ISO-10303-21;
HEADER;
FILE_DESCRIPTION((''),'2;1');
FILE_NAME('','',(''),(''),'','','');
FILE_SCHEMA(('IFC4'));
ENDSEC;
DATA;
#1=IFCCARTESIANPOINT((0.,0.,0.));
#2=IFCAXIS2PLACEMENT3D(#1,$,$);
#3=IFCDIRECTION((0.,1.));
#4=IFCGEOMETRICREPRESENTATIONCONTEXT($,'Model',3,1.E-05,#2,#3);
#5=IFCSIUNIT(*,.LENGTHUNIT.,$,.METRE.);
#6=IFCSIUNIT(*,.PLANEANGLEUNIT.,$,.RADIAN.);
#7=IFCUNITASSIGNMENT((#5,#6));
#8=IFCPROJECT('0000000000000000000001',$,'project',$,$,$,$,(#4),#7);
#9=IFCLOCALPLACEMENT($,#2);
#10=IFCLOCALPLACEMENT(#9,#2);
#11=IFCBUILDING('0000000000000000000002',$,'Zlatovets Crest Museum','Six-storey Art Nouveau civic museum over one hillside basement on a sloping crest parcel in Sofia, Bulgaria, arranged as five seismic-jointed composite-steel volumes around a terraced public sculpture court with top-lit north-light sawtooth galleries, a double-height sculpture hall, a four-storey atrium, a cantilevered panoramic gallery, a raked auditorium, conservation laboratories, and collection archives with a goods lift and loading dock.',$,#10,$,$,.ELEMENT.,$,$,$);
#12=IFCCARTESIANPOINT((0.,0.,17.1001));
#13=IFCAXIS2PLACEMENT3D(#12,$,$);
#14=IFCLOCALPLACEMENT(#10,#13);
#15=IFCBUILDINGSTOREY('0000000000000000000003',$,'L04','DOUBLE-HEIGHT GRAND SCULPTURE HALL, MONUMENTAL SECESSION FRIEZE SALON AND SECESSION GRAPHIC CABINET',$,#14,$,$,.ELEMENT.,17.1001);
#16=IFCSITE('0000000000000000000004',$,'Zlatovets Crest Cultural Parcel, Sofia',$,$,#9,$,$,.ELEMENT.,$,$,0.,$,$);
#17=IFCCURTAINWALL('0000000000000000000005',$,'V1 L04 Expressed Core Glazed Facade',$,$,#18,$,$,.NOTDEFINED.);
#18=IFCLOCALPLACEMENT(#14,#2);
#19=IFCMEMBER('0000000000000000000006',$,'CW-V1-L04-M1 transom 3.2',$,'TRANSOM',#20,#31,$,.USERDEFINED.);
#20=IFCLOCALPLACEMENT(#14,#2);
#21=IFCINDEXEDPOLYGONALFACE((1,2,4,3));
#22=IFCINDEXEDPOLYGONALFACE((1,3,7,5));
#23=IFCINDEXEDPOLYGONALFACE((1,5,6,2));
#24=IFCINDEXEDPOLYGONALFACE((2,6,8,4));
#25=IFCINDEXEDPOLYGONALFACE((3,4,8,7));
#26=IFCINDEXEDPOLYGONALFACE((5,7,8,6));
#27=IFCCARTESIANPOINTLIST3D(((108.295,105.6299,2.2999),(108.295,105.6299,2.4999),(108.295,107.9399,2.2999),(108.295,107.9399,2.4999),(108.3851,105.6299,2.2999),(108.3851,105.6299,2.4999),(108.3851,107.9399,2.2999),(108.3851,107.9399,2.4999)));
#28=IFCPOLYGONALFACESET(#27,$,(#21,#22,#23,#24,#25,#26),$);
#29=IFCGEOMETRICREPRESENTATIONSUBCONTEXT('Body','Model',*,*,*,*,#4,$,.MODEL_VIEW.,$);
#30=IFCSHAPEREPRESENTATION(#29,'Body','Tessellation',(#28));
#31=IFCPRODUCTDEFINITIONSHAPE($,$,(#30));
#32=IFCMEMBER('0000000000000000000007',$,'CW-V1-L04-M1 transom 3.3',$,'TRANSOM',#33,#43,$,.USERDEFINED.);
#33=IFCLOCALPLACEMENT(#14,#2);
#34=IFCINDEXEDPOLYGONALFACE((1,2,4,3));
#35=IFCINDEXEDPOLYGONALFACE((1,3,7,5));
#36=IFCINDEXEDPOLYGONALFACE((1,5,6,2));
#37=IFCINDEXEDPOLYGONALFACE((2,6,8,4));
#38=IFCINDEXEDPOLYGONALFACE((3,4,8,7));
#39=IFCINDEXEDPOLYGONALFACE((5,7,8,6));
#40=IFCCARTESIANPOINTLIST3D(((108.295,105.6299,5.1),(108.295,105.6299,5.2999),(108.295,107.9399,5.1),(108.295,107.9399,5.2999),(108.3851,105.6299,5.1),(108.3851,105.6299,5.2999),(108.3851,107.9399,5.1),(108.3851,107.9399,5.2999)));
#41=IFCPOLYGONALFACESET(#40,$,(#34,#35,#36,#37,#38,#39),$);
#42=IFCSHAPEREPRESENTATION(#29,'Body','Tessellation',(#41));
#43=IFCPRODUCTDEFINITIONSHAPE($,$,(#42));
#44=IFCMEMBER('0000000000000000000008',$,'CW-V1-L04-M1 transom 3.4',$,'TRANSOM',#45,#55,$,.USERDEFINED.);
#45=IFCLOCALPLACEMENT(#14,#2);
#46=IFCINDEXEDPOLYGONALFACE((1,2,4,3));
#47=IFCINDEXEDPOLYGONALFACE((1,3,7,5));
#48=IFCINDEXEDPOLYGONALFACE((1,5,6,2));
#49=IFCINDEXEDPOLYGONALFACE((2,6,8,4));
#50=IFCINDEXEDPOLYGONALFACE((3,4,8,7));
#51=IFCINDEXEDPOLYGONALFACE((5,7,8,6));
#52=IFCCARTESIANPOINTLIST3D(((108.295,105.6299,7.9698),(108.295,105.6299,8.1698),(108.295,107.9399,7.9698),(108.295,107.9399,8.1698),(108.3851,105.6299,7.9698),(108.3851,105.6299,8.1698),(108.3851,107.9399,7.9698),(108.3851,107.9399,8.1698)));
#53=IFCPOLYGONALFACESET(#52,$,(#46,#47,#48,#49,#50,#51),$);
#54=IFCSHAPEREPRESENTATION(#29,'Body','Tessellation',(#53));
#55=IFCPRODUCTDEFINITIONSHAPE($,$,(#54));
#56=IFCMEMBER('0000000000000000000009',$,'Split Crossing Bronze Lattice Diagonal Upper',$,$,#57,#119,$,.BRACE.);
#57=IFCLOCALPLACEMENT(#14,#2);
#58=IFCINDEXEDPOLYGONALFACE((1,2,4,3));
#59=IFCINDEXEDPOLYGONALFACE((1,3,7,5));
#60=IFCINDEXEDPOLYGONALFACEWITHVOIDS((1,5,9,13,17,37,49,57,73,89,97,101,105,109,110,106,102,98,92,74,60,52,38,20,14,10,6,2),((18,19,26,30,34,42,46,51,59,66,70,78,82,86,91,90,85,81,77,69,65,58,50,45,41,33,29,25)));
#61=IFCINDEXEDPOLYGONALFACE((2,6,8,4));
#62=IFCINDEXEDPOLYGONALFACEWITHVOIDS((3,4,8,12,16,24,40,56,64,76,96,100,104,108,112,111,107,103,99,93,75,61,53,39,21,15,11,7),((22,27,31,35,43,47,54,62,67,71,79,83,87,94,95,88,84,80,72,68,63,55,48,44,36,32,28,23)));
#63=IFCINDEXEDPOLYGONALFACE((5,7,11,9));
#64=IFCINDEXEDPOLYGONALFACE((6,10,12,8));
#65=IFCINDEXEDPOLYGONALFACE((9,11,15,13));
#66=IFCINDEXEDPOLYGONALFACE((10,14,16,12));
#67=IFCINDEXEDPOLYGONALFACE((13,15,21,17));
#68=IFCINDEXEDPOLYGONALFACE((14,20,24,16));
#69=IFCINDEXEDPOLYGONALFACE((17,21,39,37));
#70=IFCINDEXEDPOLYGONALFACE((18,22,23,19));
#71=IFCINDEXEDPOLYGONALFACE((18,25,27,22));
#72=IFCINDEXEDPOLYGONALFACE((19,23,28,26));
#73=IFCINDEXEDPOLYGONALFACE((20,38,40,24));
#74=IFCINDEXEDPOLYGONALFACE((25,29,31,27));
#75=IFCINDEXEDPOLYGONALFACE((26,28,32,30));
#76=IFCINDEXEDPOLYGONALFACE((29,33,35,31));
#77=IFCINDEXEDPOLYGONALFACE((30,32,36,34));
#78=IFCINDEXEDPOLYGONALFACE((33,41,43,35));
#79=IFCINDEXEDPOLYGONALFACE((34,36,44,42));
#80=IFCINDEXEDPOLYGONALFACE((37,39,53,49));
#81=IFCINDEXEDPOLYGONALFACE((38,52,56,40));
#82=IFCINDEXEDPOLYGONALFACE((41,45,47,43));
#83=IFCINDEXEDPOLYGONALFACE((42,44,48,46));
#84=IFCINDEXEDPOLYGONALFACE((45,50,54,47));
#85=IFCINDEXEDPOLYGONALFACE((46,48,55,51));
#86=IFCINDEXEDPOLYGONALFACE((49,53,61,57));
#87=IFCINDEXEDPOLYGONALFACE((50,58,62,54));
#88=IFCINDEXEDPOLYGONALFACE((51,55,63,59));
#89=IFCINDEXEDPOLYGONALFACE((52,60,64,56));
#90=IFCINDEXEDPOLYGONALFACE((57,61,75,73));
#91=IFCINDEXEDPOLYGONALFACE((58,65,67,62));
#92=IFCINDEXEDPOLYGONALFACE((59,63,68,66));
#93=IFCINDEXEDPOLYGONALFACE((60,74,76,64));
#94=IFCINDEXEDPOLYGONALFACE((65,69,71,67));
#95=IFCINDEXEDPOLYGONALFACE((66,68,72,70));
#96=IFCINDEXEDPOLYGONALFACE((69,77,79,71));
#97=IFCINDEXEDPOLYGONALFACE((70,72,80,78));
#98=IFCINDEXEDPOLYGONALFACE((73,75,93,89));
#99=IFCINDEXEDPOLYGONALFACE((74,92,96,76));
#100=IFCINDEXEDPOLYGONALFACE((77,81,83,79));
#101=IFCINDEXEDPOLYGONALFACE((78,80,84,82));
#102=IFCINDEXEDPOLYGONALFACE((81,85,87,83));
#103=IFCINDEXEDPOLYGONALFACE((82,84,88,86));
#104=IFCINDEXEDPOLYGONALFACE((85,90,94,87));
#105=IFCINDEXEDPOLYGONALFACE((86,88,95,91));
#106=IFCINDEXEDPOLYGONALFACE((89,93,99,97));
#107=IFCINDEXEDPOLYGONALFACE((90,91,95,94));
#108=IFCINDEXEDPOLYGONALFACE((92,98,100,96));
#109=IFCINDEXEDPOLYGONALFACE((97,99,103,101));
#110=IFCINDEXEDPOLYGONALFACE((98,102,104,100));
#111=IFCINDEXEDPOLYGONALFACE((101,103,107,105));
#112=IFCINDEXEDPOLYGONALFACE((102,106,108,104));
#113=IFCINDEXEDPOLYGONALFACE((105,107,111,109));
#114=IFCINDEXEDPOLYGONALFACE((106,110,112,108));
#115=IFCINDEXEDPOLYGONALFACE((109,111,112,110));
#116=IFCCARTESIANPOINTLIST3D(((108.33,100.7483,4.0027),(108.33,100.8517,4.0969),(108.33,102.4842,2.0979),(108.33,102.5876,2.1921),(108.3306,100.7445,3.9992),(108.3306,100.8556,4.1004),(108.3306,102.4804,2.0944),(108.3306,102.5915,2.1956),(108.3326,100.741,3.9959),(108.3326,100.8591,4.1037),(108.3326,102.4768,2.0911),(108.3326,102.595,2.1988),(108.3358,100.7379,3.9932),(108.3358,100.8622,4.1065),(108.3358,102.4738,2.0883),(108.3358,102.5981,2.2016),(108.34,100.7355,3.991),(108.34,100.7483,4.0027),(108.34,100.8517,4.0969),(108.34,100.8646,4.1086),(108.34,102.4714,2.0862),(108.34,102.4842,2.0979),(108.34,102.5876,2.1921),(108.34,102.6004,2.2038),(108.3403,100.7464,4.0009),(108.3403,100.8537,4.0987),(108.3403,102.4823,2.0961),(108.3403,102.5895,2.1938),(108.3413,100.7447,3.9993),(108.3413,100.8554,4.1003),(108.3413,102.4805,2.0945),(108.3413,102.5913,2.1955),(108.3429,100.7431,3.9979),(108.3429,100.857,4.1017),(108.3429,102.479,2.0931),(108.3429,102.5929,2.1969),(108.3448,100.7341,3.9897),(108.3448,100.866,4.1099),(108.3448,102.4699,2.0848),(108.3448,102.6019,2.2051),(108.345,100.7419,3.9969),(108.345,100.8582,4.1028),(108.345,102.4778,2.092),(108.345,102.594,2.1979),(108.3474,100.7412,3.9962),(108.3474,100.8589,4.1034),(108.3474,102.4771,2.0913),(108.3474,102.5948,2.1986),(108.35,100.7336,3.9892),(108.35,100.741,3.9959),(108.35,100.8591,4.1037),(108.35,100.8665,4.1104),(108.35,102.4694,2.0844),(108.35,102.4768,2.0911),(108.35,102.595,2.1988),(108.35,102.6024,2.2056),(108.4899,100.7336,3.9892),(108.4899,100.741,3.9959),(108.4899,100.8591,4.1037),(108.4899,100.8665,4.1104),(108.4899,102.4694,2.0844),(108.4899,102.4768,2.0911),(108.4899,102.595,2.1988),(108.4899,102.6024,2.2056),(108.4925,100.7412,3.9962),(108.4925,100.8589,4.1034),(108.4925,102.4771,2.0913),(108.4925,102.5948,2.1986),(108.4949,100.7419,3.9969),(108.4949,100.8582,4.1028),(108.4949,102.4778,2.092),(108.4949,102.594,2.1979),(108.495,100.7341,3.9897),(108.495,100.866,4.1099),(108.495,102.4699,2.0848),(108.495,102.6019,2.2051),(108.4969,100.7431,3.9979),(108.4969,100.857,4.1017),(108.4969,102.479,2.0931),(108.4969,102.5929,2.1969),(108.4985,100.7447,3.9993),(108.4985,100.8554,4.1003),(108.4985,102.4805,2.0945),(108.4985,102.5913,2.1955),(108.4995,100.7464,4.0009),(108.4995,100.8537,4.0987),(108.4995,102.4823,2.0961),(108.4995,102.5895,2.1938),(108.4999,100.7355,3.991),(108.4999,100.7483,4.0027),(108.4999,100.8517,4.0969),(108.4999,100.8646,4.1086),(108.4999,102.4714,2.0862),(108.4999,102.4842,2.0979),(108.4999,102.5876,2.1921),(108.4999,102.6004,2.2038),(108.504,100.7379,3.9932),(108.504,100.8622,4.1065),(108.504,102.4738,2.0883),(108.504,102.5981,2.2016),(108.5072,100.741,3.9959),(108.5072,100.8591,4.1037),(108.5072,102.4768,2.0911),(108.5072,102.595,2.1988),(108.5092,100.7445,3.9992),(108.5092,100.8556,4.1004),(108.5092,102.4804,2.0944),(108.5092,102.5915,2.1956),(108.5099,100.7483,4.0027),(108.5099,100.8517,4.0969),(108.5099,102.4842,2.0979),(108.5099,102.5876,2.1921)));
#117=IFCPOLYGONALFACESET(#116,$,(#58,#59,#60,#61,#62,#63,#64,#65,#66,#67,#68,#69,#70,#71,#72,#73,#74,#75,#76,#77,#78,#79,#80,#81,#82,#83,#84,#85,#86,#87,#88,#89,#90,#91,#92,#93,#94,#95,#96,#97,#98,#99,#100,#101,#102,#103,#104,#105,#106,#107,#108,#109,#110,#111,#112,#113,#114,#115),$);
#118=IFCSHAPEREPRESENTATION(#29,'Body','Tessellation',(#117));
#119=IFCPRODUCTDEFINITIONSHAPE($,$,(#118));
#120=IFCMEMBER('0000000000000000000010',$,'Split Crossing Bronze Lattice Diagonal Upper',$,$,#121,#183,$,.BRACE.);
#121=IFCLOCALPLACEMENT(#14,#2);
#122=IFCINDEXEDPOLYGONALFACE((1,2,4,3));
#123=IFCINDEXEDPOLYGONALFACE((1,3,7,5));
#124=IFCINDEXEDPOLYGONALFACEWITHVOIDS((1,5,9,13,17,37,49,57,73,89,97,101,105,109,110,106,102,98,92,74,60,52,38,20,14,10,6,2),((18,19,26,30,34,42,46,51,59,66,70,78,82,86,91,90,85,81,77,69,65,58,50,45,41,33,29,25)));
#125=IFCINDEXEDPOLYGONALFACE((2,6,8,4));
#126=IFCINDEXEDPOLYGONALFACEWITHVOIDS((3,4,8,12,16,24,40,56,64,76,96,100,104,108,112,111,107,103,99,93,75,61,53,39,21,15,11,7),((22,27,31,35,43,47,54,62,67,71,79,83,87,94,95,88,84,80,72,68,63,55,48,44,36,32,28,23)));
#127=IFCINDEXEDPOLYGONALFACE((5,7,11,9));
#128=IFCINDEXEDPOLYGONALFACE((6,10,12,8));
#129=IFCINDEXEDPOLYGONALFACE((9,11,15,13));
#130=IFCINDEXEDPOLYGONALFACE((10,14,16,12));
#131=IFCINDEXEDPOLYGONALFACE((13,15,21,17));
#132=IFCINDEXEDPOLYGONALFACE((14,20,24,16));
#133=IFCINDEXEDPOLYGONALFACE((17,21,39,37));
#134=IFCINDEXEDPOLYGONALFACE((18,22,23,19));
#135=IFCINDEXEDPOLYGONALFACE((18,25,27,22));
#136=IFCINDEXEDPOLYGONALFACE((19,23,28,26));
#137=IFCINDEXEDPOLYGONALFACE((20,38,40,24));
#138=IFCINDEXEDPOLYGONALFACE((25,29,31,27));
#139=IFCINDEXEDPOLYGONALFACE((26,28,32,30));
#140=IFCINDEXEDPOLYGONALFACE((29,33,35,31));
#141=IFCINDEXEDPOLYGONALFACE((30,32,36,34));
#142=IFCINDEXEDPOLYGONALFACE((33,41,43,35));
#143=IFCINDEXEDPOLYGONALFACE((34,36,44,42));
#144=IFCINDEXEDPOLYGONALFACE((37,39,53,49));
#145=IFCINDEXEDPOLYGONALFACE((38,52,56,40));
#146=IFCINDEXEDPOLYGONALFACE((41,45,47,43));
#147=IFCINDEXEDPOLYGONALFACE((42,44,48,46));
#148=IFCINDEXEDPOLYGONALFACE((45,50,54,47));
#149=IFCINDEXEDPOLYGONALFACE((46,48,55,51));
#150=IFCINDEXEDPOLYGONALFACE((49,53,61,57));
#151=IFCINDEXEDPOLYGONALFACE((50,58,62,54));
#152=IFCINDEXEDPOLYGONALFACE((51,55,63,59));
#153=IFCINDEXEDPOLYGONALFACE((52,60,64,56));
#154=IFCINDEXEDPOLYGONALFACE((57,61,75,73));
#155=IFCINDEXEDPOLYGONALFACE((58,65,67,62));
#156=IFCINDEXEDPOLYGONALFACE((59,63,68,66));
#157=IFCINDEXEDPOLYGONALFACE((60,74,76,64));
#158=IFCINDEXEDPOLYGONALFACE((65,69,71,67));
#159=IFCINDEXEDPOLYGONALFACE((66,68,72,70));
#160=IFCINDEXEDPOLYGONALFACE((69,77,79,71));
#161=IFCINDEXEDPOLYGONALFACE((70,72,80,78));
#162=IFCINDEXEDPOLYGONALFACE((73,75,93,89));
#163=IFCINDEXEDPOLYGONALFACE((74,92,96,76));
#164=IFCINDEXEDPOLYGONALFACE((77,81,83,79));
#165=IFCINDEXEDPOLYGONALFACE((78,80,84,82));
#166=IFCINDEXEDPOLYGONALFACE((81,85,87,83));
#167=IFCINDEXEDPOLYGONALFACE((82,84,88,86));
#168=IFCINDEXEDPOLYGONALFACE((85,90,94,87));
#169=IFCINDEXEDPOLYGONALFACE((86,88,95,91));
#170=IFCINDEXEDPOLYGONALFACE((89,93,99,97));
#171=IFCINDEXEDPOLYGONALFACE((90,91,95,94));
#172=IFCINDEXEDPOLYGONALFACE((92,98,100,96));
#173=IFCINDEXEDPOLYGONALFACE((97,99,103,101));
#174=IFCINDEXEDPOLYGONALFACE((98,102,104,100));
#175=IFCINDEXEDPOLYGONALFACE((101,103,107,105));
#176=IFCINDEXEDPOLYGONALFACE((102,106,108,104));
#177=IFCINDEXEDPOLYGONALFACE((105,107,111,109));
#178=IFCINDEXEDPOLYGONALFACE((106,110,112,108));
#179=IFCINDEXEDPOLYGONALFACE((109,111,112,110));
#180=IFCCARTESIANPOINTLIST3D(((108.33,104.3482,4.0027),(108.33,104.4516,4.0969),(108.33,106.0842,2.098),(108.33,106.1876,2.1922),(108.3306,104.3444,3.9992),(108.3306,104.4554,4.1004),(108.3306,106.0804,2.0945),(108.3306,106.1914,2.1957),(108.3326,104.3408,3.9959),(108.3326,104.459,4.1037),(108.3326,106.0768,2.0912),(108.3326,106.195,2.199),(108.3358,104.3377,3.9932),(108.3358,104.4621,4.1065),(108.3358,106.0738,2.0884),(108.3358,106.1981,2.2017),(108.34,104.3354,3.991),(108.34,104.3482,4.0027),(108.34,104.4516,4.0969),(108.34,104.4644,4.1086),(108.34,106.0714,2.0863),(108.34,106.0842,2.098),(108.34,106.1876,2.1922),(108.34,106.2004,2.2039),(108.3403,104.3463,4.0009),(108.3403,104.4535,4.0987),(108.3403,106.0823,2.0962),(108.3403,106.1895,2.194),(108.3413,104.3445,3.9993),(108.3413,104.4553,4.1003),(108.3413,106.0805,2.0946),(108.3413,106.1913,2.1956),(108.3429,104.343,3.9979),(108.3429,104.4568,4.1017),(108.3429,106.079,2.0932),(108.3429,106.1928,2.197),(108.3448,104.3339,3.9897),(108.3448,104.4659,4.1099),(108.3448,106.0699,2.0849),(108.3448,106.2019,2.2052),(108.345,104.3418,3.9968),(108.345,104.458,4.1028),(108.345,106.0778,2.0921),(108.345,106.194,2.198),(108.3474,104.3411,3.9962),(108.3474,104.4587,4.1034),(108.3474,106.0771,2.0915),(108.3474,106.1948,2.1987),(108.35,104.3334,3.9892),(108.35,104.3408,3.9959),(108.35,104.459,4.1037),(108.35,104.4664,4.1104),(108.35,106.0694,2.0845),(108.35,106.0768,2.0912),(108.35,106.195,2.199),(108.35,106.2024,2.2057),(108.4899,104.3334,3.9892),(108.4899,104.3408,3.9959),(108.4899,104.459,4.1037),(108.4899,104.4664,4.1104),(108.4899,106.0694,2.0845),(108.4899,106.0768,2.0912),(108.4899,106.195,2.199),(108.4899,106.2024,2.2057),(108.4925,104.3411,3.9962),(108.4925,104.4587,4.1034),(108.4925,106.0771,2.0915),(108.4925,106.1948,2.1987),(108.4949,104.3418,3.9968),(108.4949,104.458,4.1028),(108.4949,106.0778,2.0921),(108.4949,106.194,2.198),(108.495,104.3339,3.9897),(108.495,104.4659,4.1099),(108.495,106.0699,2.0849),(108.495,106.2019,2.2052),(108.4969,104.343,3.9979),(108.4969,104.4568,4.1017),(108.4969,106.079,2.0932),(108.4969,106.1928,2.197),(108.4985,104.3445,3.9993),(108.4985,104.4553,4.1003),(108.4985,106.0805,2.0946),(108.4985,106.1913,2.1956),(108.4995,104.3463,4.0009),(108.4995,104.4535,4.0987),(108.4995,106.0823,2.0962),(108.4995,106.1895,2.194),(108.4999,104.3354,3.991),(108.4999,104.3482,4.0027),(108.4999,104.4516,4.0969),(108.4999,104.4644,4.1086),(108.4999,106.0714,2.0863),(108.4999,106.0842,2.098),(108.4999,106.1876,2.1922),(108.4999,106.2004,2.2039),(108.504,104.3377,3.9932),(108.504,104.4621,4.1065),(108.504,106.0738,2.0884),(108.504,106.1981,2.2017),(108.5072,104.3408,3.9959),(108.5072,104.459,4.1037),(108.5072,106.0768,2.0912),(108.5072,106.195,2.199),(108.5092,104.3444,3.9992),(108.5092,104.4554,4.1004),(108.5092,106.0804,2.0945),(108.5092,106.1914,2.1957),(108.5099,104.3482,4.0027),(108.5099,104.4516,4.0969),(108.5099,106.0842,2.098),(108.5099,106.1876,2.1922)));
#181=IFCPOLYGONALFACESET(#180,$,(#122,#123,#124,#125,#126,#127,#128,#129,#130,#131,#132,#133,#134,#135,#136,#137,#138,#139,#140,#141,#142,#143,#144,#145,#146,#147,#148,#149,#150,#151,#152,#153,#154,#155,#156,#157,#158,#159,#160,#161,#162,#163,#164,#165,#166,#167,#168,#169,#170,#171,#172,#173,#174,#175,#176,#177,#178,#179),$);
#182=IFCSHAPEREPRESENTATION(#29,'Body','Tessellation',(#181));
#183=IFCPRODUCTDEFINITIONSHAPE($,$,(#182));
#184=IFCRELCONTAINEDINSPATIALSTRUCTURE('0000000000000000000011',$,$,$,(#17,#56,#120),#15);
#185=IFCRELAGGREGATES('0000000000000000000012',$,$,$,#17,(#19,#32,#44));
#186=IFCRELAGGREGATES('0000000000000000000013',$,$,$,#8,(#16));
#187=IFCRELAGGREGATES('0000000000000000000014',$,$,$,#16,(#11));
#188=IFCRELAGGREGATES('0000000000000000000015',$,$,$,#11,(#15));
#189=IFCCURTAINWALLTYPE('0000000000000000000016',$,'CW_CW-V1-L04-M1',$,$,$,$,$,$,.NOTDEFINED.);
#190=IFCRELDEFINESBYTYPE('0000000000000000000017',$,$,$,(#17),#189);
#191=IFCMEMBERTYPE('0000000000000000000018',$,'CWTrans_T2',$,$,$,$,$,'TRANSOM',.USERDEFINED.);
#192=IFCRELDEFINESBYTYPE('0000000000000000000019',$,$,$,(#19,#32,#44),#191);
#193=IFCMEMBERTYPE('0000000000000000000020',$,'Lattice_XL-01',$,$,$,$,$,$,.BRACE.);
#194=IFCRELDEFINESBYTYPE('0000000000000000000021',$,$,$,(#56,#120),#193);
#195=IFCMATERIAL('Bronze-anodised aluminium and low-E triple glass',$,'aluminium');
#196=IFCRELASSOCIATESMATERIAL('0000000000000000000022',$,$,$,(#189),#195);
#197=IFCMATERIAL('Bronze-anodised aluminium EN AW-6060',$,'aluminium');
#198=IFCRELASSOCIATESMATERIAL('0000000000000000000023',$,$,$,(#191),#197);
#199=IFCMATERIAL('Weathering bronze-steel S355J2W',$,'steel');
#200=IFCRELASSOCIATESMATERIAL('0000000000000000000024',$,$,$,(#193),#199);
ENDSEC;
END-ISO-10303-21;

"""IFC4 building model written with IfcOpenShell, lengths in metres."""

from ifc_helpers import new_model, si_unit, direction, frame, origin, origin_2d, place, context, subcontext, project, spatial, rectangle, hollow_rectangle, extrude, material, material_profile, profile_set, type_object, element, aggregate, save


model = new_model("IFC4")

# Units and contexts
model_context = context("Model", 3, precision=1e-05, world=origin(), true_north=direction((0.0, 1.0)))
body_context = subcontext(model_context, "Body", "Model", "MODEL_VIEW")
ifc_project = project(units=[si_unit("LENGTHUNIT", "METRE"), si_unit("PLANEANGLEUNIT", "RADIAN")], contexts=[model_context])

# Site, building, storey
site_placement = place(None, origin())
site = spatial("IfcSite", under=ifc_project, at=site_placement, Name="Zlatovets Crest Cultural Parcel, Sofia", CompositionType="ELEMENT", RefElevation=0.0)
building_placement = place(site_placement, origin())
building = spatial("IfcBuilding", under=site, at=building_placement, Name="Zlatovets Crest Museum", Description="Six-storey Art Nouveau civic museum over one hillside basement on a sloping crest parcel in Sofia, Bulgaria, arranged as five seismic-jointed composite-steel volumes around a terraced public sculpture court with top-lit north-light sawtooth galleries, a double-height sculpture hall, a four-storey atrium, a cantilevered panoramic gallery, a raked auditorium, conservation laboratories, and collection archives with a goods lift and loading dock.", CompositionType="ELEMENT")
storey_placement = place(building_placement, frame((0.0, 0.0, 17.1001)))
storey = spatial("IfcBuildingStorey", under=building, at=storey_placement, Name="L04", Description="DOUBLE-HEIGHT GRAND SCULPTURE HALL, MONUMENTAL SECESSION FRIEZE SALON AND SECESSION GRAPHIC CABINET", CompositionType="ELEMENT", Elevation=17.1001)

# Curtain wall, members
ifc_material_1 = material(Name="Bronze-anodised aluminium and low-E triple glass", Category="aluminium")
curtain_wall_type = type_object("IfcCurtainWallType", Name="CW_CW-V1-L04-M1", PredefinedType="NOTDEFINED", material=ifc_material_1)
curtain_wall_placement = place(storey_placement, origin())
curtain_wall = element("IfcCurtainWall", 1, at=curtain_wall_placement, inside=storey, type_object=curtain_wall_type, Name="V1 L04 Expressed Core Glazed Facade", PredefinedType="NOTDEFINED")
ifc_material_2 = material(Name="Bronze-anodised aluminium EN AW-6060", Category="aluminium")
ifc_material_profile_1 = material_profile(ifc_material_2, rectangle(XDim=0.0901, YDim=0.2, at=origin_2d()), Name="ALU 90x200")
ifc_profile_set_1 = profile_set([ifc_material_profile_1], Name="Bronze-anodised aluminium EN AW-6060")
member_type_1 = type_object("IfcMemberType", Name="CWTrans_T2", ElementType="TRANSOM", PredefinedType="USERDEFINED", material=ifc_profile_set_1)
member_1_placement = place(storey_placement, frame((108.3401, 105.6299, 2.3999), z_axis=(0.0, 1.0, 0.0), x_axis=(-1.0, 0.0, 0.0)))
member_1 = element("IfcMember", 2, at=member_1_placement, type_object=member_type_1, Name="CW-V1-L04-M1 transom 3.2", ObjectType="TRANSOM", PredefinedType="USERDEFINED", context=body_context, shape_type="SweptSolid", body=[
    extrude(rectangle(XDim=0.0901, YDim=0.2, at=origin_2d()), origin(), (0.0, 0.0, 1.0), 2.3101),
])
member_2_placement = place(storey_placement, frame((108.3401, 105.6299, 5.2), z_axis=(0.0, 1.0, 0.0), x_axis=(-1.0, 0.0, 0.0)))
member_2 = element("IfcMember", 3, at=member_2_placement, type_object=member_type_1, Name="CW-V1-L04-M1 transom 3.3", ObjectType="TRANSOM", PredefinedType="USERDEFINED", context=body_context, shape_type="SweptSolid", body=[
    extrude(rectangle(XDim=0.0901, YDim=0.2, at=origin_2d()), origin(), (0.0, 0.0, 1.0), 2.3101),
])
member_3_placement = place(storey_placement, frame((108.3401, 105.6299, 8.0698), z_axis=(0.0, 1.0, 0.0), x_axis=(-1.0, 0.0, 0.0)))
member_3 = element("IfcMember", 4, at=member_3_placement, type_object=member_type_1, Name="CW-V1-L04-M1 transom 3.4", ObjectType="TRANSOM", PredefinedType="USERDEFINED", context=body_context, shape_type="SweptSolid", body=[
    extrude(rectangle(XDim=0.0901, YDim=0.2, at=origin_2d()), origin(), (0.0, 0.0, 1.0), 2.3101),
])

# Members
ifc_material_3 = material(Name="Weathering bronze-steel S355J2W", Category="steel")
ifc_material_profile_2 = material_profile(ifc_material_3, hollow_rectangle(XDim=0.1799, YDim=0.1799, WallThickness=0.01, InnerFilletRadius=0.01, OuterFilletRadius=0.02, at=origin_2d()), Name="SHS 180x180x10.0")
ifc_profile_set_2 = profile_set([ifc_material_profile_2], Name="Weathering bronze-steel S355J2W")
member_type_2 = type_object("IfcMemberType", Name="Lattice_XL-01", PredefinedType="BRACE", material=ifc_profile_set_2)
for number, where, z_axis, x_axis, name in (
    (5, (108.4199, 100.8, 4.0498), (0.0, 0.673568, -0.739125), (-1.0, 0.0, 0.0), "Split Crossing Bronze Lattice Diagonal Upper"),
    (6, (108.4199, 104.3999, 4.0498), (0.0, 0.67362, -0.739078), (-1.0, 0.0, 0.0), "Split Crossing Bronze Lattice Diagonal Upper"),
):
    element("IfcMember", number, at=place(storey_placement, frame(where, z_axis=z_axis, x_axis=x_axis)), inside=storey, type_object=member_type_2, Name=name, PredefinedType="BRACE", context=body_context, shape_type="SweptSolid", body=[
        extrude(hollow_rectangle(XDim=0.1799, YDim=0.1799, WallThickness=0.01, InnerFilletRadius=0.01, OuterFilletRadius=0.02, at=origin_2d()), origin(), (0.0, 0.0, 1.0), 2.5771),
    ])

aggregate(curtain_wall, [member_1, member_2, member_3])

save(model, "model.ifc")
